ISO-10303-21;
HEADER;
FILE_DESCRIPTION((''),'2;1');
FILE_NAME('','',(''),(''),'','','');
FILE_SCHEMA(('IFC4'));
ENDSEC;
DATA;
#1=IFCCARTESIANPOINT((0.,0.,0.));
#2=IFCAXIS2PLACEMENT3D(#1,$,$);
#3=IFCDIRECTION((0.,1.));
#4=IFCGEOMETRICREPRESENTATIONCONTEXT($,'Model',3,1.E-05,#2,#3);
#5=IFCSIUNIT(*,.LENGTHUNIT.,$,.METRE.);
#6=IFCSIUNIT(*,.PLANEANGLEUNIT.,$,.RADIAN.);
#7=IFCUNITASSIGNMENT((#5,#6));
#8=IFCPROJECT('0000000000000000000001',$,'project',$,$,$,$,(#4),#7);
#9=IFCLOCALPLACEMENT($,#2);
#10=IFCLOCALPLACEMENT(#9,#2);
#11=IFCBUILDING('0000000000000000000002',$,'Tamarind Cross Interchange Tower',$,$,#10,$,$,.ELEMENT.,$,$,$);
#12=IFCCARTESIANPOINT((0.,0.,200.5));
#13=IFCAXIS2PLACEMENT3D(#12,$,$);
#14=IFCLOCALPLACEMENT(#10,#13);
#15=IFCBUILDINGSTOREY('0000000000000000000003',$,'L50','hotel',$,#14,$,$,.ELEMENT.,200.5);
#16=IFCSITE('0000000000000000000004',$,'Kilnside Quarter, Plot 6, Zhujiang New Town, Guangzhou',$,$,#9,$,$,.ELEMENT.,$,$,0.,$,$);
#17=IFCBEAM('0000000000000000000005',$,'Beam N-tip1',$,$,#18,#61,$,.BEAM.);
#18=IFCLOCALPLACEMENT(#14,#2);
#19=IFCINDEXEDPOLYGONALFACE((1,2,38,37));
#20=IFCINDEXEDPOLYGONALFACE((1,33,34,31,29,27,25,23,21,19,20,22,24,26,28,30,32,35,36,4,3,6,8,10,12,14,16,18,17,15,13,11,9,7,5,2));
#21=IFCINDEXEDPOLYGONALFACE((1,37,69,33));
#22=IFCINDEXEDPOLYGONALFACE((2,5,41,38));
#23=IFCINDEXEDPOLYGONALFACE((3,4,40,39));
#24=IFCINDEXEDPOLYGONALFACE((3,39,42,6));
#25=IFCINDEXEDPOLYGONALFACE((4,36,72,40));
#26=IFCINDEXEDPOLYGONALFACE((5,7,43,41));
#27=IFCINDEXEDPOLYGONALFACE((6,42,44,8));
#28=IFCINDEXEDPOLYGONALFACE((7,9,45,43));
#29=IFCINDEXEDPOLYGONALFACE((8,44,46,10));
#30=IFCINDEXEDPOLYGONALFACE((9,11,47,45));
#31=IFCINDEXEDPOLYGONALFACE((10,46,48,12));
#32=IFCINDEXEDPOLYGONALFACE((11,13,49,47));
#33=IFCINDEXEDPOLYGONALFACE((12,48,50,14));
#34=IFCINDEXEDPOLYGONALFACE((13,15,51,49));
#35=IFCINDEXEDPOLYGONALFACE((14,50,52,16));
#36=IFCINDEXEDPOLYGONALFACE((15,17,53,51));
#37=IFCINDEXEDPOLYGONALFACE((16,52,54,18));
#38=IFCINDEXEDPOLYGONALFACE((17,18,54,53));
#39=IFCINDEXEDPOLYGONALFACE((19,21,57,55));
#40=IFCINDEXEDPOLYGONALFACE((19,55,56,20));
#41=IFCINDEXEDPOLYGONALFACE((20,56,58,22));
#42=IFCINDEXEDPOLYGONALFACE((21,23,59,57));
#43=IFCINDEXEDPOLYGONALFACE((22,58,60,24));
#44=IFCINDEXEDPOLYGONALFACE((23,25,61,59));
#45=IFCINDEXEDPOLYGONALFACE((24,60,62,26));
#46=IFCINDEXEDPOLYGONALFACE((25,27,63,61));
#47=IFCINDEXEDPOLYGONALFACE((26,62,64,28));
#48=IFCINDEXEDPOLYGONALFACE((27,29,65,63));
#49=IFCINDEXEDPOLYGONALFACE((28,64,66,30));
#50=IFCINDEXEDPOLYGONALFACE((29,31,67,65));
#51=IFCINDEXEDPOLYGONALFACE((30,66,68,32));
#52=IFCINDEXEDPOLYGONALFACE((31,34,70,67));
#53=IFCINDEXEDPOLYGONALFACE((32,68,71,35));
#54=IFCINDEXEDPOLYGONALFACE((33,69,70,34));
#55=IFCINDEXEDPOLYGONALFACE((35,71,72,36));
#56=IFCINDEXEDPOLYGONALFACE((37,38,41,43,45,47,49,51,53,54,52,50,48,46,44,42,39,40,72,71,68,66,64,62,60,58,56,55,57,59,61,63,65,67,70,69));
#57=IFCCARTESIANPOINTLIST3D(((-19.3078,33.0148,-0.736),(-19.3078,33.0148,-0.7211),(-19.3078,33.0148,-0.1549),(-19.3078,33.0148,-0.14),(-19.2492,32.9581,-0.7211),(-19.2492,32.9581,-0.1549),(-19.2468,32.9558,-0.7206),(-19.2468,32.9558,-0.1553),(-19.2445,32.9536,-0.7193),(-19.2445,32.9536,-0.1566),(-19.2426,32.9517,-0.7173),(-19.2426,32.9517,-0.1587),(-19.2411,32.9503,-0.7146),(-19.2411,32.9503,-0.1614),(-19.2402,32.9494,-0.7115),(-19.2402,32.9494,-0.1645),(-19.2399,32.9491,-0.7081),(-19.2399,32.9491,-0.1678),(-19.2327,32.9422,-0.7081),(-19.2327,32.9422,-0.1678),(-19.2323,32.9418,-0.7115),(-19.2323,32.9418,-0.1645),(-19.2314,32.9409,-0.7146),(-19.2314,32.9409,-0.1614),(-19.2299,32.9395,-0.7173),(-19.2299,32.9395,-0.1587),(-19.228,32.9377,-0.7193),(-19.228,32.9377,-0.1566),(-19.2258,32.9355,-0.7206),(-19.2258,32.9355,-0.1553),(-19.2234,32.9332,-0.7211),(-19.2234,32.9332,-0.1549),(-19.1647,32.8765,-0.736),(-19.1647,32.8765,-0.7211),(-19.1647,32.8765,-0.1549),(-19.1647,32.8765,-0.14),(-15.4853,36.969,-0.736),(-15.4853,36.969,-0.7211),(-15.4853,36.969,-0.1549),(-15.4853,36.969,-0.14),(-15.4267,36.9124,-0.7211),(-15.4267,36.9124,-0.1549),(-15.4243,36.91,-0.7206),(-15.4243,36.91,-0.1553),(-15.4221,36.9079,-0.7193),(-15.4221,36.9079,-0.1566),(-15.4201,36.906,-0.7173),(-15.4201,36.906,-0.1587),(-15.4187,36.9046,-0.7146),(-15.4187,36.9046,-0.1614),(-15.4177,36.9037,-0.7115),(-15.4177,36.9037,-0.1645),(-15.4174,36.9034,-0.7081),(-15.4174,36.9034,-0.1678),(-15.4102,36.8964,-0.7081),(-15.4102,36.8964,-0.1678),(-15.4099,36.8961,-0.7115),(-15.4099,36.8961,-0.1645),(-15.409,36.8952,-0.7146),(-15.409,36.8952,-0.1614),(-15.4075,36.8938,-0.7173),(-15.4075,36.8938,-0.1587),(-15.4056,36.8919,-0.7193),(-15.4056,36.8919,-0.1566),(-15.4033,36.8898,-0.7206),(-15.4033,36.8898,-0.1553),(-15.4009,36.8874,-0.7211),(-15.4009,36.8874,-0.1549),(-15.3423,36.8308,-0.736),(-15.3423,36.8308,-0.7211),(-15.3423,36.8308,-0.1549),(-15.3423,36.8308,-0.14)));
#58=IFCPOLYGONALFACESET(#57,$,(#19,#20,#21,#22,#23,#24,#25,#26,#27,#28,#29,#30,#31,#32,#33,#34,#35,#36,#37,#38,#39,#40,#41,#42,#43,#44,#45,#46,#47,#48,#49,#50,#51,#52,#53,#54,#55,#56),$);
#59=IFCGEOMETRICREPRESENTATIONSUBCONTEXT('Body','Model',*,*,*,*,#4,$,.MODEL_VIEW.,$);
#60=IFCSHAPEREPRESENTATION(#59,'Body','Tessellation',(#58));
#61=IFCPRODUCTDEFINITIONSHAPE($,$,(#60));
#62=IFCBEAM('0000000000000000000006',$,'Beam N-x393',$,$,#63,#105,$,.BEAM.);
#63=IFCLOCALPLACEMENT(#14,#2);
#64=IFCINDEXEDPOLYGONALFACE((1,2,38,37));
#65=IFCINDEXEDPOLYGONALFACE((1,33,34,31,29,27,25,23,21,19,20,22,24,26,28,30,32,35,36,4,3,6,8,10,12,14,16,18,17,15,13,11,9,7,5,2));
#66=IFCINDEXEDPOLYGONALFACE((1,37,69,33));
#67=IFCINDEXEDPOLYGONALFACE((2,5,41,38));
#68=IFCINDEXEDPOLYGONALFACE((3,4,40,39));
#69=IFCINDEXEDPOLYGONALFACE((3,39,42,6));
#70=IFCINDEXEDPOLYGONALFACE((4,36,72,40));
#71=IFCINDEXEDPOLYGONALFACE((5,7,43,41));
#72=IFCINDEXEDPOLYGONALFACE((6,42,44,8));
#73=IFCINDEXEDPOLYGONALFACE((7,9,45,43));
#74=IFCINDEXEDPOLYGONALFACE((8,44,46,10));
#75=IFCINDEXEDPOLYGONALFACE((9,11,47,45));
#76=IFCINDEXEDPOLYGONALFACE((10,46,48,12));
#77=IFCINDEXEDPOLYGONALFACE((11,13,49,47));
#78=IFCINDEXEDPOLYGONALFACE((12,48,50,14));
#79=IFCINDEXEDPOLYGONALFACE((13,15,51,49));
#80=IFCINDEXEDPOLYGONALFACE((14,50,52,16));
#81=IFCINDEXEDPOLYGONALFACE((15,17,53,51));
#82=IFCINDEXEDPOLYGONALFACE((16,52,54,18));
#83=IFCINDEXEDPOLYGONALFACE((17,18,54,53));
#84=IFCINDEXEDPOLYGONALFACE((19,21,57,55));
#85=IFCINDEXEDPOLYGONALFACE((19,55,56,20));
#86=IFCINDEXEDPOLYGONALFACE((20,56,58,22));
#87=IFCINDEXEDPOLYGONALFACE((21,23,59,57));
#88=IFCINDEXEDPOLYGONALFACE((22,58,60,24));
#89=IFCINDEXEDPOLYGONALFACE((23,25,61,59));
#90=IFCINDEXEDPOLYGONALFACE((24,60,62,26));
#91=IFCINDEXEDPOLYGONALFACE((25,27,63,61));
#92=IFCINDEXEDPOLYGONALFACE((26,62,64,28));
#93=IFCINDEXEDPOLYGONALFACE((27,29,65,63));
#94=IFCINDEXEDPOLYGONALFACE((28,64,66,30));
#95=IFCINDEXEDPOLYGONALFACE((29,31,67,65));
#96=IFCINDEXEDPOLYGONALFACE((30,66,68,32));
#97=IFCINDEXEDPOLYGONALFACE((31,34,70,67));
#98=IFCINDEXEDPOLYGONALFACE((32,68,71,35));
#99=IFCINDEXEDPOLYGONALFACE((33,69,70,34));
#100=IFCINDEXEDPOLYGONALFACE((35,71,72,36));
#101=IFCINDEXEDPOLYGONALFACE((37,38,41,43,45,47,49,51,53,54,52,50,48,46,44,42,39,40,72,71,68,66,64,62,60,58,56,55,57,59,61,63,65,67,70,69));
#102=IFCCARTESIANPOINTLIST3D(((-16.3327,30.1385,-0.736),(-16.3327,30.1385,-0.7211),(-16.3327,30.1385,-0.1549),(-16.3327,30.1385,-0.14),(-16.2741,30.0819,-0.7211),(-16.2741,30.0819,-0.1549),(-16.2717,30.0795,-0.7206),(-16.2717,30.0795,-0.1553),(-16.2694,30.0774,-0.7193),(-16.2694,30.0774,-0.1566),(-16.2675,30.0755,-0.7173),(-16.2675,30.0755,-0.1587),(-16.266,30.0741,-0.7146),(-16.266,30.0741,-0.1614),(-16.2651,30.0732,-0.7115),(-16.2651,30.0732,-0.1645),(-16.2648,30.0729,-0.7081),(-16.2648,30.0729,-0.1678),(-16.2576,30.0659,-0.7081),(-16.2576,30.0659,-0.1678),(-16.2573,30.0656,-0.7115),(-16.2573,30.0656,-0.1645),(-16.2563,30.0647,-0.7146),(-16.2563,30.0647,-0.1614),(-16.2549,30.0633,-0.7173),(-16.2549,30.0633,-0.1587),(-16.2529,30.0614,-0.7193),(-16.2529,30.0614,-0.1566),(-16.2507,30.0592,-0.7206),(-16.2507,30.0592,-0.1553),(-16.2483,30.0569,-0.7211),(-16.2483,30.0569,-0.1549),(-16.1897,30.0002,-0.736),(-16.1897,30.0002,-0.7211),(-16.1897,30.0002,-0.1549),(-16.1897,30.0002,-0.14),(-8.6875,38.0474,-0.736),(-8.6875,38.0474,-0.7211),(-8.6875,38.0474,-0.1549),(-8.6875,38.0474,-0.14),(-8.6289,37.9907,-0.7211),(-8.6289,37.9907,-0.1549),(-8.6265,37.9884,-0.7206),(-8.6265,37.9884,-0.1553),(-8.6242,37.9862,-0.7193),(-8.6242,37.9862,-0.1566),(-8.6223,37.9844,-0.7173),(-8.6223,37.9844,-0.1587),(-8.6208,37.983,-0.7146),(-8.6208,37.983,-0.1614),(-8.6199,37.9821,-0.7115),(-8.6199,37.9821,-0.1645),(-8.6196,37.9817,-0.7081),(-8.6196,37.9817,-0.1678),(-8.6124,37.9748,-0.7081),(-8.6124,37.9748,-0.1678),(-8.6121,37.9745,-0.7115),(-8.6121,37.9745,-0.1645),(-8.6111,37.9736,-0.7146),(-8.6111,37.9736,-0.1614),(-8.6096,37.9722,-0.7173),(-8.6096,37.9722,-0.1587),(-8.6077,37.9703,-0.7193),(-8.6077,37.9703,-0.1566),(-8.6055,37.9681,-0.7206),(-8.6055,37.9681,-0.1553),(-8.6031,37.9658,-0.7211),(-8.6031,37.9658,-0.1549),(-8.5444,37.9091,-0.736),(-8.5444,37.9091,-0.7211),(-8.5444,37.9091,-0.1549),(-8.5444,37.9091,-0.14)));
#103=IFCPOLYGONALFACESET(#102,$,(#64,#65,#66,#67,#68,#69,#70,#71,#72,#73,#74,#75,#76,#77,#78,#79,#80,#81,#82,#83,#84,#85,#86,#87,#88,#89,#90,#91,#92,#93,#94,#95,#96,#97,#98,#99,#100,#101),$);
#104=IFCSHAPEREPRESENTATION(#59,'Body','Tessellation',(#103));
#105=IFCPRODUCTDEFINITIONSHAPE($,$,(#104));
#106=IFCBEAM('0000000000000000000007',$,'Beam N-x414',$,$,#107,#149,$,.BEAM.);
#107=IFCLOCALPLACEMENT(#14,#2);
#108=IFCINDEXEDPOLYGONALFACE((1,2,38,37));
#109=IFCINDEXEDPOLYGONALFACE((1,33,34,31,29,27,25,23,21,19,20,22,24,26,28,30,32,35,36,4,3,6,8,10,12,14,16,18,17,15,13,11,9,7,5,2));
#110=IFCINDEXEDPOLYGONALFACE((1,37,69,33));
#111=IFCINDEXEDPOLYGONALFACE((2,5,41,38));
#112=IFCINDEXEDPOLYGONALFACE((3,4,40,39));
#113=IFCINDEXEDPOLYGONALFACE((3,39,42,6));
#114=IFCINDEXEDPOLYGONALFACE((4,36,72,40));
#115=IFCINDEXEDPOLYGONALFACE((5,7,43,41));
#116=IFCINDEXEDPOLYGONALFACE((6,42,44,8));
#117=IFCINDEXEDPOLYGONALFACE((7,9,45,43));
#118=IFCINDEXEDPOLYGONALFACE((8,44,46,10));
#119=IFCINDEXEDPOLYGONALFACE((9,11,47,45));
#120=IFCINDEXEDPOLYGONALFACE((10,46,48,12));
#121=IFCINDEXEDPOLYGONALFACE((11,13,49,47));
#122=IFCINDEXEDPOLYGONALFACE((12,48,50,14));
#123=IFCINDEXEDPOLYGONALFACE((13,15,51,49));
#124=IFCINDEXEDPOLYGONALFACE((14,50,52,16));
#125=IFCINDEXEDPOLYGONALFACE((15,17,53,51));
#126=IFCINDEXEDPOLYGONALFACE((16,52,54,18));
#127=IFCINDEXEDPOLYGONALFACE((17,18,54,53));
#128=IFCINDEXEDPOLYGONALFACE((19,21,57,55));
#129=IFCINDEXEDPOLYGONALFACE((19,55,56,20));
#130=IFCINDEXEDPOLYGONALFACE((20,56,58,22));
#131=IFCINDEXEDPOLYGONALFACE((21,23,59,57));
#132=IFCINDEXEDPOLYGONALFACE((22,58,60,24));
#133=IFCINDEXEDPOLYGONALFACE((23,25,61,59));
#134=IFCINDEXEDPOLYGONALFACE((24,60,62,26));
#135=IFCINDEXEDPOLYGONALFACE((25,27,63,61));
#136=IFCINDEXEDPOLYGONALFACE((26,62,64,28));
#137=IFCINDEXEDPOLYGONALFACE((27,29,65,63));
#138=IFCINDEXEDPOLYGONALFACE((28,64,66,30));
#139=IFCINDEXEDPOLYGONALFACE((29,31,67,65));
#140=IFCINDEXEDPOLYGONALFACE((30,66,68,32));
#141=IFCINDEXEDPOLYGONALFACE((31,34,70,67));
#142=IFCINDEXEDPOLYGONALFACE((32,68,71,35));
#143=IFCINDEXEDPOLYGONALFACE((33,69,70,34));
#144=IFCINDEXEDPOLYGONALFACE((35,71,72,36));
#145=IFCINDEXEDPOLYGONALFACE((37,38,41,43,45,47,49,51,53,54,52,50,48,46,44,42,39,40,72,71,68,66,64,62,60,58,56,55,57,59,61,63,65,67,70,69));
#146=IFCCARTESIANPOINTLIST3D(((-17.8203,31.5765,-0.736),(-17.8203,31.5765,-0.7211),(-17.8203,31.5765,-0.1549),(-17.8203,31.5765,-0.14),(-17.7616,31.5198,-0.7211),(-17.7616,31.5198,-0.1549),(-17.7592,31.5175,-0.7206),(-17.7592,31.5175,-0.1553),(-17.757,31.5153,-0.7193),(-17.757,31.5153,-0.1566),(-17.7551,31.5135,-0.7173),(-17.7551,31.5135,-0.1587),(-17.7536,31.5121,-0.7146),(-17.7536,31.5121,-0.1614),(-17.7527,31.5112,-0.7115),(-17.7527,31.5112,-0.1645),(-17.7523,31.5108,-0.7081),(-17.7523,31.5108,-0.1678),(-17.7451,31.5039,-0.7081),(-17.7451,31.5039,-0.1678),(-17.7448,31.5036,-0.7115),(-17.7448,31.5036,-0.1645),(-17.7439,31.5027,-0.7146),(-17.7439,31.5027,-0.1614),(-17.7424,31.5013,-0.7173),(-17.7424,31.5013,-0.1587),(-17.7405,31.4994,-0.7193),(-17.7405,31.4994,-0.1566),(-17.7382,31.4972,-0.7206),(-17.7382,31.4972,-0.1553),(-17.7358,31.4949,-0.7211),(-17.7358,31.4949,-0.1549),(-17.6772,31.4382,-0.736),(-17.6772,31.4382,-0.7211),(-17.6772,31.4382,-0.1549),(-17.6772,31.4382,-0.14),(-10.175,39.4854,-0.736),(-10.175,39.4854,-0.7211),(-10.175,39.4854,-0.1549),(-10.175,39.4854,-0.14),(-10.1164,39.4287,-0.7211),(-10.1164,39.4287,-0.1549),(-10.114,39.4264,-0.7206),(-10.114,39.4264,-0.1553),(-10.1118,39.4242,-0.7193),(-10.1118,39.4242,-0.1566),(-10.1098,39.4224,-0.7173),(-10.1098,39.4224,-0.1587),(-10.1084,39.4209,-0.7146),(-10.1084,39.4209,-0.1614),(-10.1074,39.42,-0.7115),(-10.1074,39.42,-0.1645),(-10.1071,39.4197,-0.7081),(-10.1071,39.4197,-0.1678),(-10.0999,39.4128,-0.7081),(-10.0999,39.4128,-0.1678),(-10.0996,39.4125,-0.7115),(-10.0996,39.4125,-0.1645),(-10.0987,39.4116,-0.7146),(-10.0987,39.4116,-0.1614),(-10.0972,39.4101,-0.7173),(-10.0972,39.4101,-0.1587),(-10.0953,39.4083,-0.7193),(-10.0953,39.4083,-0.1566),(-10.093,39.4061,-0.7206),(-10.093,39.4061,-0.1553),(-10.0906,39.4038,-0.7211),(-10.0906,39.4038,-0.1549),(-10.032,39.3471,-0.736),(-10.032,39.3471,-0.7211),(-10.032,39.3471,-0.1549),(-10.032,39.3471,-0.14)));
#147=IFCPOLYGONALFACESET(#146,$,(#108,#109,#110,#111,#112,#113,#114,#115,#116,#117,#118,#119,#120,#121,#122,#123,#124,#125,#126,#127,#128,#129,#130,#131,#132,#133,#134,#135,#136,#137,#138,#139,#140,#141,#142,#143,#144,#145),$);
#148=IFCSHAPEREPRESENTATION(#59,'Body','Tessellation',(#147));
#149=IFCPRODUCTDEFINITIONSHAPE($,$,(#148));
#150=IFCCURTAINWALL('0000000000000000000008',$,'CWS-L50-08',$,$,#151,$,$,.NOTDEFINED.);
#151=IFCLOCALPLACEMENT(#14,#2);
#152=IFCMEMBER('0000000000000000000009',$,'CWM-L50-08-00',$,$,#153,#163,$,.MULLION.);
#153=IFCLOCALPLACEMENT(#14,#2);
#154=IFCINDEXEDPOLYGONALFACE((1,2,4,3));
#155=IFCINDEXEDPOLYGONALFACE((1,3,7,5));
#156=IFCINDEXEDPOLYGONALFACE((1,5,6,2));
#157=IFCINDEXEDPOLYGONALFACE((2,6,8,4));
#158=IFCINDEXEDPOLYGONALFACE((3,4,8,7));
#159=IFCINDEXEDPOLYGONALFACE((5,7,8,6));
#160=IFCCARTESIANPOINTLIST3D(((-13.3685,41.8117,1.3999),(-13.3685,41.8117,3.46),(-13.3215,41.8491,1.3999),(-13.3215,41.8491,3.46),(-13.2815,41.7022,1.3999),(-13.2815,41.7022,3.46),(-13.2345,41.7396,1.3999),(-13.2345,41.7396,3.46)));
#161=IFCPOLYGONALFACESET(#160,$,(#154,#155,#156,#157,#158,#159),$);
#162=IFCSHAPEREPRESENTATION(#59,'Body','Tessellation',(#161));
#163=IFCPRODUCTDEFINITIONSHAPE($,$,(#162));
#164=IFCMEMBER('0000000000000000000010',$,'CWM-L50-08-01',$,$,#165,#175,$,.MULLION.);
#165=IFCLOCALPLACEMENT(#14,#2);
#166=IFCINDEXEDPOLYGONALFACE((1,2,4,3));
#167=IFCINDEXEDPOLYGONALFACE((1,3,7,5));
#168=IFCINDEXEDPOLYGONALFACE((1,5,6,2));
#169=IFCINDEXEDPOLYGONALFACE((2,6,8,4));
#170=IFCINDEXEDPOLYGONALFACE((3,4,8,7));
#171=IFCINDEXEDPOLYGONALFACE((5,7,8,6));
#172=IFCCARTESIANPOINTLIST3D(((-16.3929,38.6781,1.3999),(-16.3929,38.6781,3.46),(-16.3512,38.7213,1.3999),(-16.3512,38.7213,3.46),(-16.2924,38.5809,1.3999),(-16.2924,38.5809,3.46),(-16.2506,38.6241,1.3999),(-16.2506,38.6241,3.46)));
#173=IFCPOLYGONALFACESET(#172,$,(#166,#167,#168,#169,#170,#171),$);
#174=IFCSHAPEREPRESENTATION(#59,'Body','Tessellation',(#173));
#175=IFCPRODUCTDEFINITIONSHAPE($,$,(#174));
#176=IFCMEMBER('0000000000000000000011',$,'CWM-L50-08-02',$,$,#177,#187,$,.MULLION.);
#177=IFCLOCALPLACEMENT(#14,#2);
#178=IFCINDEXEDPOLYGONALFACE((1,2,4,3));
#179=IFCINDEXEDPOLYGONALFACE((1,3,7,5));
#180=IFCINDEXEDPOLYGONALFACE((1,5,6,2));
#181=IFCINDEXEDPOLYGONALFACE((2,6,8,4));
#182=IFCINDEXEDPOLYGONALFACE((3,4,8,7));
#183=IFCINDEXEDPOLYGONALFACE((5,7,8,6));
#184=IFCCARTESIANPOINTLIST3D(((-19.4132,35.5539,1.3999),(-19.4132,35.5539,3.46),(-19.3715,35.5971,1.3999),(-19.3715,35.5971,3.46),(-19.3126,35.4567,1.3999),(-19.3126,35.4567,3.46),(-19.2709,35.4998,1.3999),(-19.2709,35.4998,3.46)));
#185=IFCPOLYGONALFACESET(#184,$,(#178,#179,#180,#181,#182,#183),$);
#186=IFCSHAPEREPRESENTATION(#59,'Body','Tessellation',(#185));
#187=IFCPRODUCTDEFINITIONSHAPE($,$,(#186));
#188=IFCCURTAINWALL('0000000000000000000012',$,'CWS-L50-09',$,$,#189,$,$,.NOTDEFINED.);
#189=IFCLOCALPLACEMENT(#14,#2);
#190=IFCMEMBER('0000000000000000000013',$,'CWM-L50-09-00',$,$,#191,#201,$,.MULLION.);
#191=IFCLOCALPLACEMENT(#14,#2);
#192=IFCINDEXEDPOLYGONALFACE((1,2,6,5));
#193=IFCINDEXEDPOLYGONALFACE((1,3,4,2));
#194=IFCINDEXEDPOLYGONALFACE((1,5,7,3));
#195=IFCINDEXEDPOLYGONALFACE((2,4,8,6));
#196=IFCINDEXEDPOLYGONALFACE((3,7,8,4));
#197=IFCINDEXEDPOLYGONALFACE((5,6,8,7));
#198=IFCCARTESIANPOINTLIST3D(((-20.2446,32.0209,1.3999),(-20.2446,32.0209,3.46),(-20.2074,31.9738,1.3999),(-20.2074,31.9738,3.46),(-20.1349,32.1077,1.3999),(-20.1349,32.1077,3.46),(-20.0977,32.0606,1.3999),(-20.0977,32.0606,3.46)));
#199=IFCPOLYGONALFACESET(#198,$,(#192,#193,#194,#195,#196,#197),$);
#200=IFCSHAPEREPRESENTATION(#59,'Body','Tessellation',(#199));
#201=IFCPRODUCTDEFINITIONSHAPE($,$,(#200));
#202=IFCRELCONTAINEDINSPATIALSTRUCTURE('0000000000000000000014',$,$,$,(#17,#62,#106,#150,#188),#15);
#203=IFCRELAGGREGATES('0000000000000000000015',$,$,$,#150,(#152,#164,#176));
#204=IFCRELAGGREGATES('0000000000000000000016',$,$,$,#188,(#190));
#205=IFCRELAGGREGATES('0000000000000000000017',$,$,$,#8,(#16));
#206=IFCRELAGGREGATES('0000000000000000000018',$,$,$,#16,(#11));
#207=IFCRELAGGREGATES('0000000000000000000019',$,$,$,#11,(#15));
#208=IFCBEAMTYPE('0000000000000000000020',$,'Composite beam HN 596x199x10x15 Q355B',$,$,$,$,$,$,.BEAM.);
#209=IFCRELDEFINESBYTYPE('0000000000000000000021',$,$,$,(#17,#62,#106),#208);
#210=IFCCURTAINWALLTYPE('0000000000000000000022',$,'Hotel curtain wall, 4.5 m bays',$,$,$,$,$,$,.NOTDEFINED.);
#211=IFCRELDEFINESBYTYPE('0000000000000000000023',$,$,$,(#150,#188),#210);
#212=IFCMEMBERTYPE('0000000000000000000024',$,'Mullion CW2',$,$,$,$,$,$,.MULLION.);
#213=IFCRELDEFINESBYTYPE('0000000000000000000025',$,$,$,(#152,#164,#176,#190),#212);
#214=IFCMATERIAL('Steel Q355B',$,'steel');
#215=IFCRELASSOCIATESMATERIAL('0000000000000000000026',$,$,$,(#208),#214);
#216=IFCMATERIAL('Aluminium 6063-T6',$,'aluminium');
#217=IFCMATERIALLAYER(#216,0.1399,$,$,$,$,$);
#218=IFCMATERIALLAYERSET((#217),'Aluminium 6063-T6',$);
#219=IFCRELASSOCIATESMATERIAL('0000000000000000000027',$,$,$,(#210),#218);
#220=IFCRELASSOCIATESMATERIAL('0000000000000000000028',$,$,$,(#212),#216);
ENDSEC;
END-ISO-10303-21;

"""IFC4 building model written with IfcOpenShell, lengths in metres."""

from ifc_helpers import new_model, si_unit, direction, frame, origin, origin_2d, place, context, subcontext, project, spatial, rectangle, i_section, extrude, material, layer, layer_set, material_profile, profile_set, type_object, element, aggregate, save


model = new_model("IFC4")

# Units and contexts
model_context = context("Model", 3, precision=1e-05, world=origin(), true_north=direction((0.0, 1.0)))
body_context = subcontext(model_context, "Body", "Model", "MODEL_VIEW")
ifc_project = project(units=[si_unit("LENGTHUNIT", "METRE"), si_unit("PLANEANGLEUNIT", "RADIAN")], contexts=[model_context])

# Site, building, storey
site_placement = place(None, origin())
site = spatial("IfcSite", under=ifc_project, at=site_placement, Name="Kilnside Quarter, Plot 6, Zhujiang New Town, Guangzhou", CompositionType="ELEMENT", RefElevation=0.0)
building_placement = place(site_placement, origin())
building = spatial("IfcBuilding", under=site, at=building_placement, Name="Tamarind Cross Interchange Tower", CompositionType="ELEMENT")
storey_placement = place(building_placement, frame((0.0, 0.0, 200.5)))
storey = spatial("IfcBuildingStorey", under=building, at=storey_placement, Name="L50", Description="hotel", CompositionType="ELEMENT", Elevation=200.5)

# Beams
ifc_material_1 = material(Name="Steel Q355B", Category="steel")
ifc_material_profile_1 = material_profile(ifc_material_1, i_section(OverallWidth=0.199, OverallDepth=0.5959, WebThickness=0.01, FlangeThickness=0.0149, FilletRadius=0.0129, at=origin_2d()), Name="HN 596x199x10x15")
ifc_profile_set_1 = profile_set([ifc_material_profile_1], Name="Steel Q355B")
beam_type_1 = type_object("IfcBeamType", Name="Composite beam HN 596x199x10x15 Q355B", PredefinedType="BEAM", material=ifc_profile_set_1)
beam_1_placement = place(storey_placement, frame((-15.4138, 36.8999, -0.438), z_axis=(-0.69502, -0.718991, 0.0), x_axis=(0.718991, -0.69502, 0.0)))
element("IfcBeam", 1, at=beam_1_placement, inside=storey, type_object=beam_type_1, Name="Beam N-tip1", PredefinedType="BEAM", context=body_context, shape_type="SweptSolid", body=[
    extrude(i_section(OverallWidth=0.199, OverallDepth=0.5959, WebThickness=0.01, FlangeThickness=0.0149, FilletRadius=0.0129, at=origin_2d()), origin(), (0.0, 0.0, 1.0), 5.4998),
])
for number, where, z_axis, x_axis, name in (
    (2, (-8.616, 37.9783, -0.438), (-0.69502, -0.71899, 0.0), (0.71899, -0.69502, 0.0), "Beam N-x393"),
    (3, (-10.1035, 39.4163, -0.438), (-0.69502, -0.71899, 0.0), (0.71899, -0.69502, 0.0), "Beam N-x414"),
):
    element("IfcBeam", number, at=place(storey_placement, frame(where, z_axis=z_axis, x_axis=x_axis)), inside=storey, type_object=beam_type_1, Name=name, PredefinedType="BEAM", context=body_context, shape_type="SweptSolid", body=[
        extrude(i_section(OverallWidth=0.199, OverallDepth=0.5959, WebThickness=0.01, FlangeThickness=0.0149, FilletRadius=0.0129, at=origin_2d()), origin(), (0.0, 0.0, 1.0), 11.0),
    ])

# Curtain walls, members
ifc_material_2 = material(Name="Aluminium 6063-T6", Category="aluminium")
ifc_layer_1 = layer(ifc_material_2, 0.1399)
ifc_layer_set_1 = layer_set([ifc_layer_1], Name="Aluminium 6063-T6")
curtain_wall_type = type_object("IfcCurtainWallType", Name="Hotel curtain wall, 4.5 m bays", PredefinedType="NOTDEFINED", material=ifc_layer_set_1)
curtain_wall_1_placement = place(storey_placement, origin())
curtain_wall_1 = element("IfcCurtainWall", 4, at=curtain_wall_1_placement, inside=storey, type_object=curtain_wall_type, Name="CWS-L50-08", PredefinedType="NOTDEFINED")
ifc_material_profile_2 = material_profile(ifc_material_2, rectangle(XDim=0.0601, YDim=0.1399, at=origin_2d()), Name="Mullion CW2")
ifc_profile_set_2 = profile_set([ifc_material_profile_2], Name="Aluminium 6063-T6")
member_type = type_object("IfcMemberType", Name="Mullion CW2", PredefinedType="MULLION", material=ifc_profile_set_2)
member_1_placement = place(storey_placement, frame((-13.3015, 41.7756, 1.3999), z_axis=(0.0, 0.0, 1.0), x_axis=(-0.782921, -0.622121, 0.0)))
member_1 = element("IfcMember", 5, at=member_1_placement, type_object=member_type, Name="CWM-L50-08-00", PredefinedType="MULLION", context=body_context, shape_type="SweptSolid", body=[
    extrude(rectangle(XDim=0.0601, YDim=0.1399, at=origin_2d()), origin(), (0.0, 0.0, 1.0), 2.0601),
])
member_2_placement = place(storey_placement, frame((-16.3218, 38.6511, 1.3999), z_axis=(0.0, 0.0, 1.0), x_axis=(-0.69502, -0.718991, 0.0)))
member_2 = element("IfcMember", 6, at=member_2_placement, type_object=member_type, Name="CWM-L50-08-01", PredefinedType="MULLION", context=body_context, shape_type="SweptSolid", body=[
    extrude(rectangle(XDim=0.0601, YDim=0.1399, at=origin_2d()), origin(), (0.0, 0.0, 1.0), 2.0601),
])
member_3_placement = place(storey_placement, frame((-19.342, 35.5269, 1.3999), z_axis=(0.0, 0.0, 1.0), x_axis=(-0.69502, -0.718991, 0.0)))
member_3 = element("IfcMember", 7, at=member_3_placement, type_object=member_type, Name="CWM-L50-08-02", PredefinedType="MULLION", context=body_context, shape_type="SweptSolid", body=[
    extrude(rectangle(XDim=0.0601, YDim=0.1399, at=origin_2d()), origin(), (0.0, 0.0, 1.0), 2.0601),
])
aggregate(curtain_wall_1, [member_1, member_2, member_3])
curtain_wall_2_placement = place(storey_placement, origin())
curtain_wall_2 = element("IfcCurtainWall", 8, at=curtain_wall_2_placement, inside=storey, type_object=curtain_wall_type, Name="CWS-L50-09", PredefinedType="NOTDEFINED")
member_4_placement = place(storey_placement, frame((-20.1711, 32.0408, 1.3999), z_axis=(0.0, 0.0, 1.0), x_axis=(0.62056, -0.784159, 0.0)))
member_4 = element("IfcMember", 9, at=member_4_placement, type_object=member_type, Name="CWM-L50-09-00", PredefinedType="MULLION", context=body_context, shape_type="SweptSolid", body=[
    extrude(rectangle(XDim=0.0601, YDim=0.1399, at=origin_2d()), origin(), (0.0, 0.0, 1.0), 2.0601),
])
aggregate(curtain_wall_2, [member_4])

save(model, "model.ifc")
